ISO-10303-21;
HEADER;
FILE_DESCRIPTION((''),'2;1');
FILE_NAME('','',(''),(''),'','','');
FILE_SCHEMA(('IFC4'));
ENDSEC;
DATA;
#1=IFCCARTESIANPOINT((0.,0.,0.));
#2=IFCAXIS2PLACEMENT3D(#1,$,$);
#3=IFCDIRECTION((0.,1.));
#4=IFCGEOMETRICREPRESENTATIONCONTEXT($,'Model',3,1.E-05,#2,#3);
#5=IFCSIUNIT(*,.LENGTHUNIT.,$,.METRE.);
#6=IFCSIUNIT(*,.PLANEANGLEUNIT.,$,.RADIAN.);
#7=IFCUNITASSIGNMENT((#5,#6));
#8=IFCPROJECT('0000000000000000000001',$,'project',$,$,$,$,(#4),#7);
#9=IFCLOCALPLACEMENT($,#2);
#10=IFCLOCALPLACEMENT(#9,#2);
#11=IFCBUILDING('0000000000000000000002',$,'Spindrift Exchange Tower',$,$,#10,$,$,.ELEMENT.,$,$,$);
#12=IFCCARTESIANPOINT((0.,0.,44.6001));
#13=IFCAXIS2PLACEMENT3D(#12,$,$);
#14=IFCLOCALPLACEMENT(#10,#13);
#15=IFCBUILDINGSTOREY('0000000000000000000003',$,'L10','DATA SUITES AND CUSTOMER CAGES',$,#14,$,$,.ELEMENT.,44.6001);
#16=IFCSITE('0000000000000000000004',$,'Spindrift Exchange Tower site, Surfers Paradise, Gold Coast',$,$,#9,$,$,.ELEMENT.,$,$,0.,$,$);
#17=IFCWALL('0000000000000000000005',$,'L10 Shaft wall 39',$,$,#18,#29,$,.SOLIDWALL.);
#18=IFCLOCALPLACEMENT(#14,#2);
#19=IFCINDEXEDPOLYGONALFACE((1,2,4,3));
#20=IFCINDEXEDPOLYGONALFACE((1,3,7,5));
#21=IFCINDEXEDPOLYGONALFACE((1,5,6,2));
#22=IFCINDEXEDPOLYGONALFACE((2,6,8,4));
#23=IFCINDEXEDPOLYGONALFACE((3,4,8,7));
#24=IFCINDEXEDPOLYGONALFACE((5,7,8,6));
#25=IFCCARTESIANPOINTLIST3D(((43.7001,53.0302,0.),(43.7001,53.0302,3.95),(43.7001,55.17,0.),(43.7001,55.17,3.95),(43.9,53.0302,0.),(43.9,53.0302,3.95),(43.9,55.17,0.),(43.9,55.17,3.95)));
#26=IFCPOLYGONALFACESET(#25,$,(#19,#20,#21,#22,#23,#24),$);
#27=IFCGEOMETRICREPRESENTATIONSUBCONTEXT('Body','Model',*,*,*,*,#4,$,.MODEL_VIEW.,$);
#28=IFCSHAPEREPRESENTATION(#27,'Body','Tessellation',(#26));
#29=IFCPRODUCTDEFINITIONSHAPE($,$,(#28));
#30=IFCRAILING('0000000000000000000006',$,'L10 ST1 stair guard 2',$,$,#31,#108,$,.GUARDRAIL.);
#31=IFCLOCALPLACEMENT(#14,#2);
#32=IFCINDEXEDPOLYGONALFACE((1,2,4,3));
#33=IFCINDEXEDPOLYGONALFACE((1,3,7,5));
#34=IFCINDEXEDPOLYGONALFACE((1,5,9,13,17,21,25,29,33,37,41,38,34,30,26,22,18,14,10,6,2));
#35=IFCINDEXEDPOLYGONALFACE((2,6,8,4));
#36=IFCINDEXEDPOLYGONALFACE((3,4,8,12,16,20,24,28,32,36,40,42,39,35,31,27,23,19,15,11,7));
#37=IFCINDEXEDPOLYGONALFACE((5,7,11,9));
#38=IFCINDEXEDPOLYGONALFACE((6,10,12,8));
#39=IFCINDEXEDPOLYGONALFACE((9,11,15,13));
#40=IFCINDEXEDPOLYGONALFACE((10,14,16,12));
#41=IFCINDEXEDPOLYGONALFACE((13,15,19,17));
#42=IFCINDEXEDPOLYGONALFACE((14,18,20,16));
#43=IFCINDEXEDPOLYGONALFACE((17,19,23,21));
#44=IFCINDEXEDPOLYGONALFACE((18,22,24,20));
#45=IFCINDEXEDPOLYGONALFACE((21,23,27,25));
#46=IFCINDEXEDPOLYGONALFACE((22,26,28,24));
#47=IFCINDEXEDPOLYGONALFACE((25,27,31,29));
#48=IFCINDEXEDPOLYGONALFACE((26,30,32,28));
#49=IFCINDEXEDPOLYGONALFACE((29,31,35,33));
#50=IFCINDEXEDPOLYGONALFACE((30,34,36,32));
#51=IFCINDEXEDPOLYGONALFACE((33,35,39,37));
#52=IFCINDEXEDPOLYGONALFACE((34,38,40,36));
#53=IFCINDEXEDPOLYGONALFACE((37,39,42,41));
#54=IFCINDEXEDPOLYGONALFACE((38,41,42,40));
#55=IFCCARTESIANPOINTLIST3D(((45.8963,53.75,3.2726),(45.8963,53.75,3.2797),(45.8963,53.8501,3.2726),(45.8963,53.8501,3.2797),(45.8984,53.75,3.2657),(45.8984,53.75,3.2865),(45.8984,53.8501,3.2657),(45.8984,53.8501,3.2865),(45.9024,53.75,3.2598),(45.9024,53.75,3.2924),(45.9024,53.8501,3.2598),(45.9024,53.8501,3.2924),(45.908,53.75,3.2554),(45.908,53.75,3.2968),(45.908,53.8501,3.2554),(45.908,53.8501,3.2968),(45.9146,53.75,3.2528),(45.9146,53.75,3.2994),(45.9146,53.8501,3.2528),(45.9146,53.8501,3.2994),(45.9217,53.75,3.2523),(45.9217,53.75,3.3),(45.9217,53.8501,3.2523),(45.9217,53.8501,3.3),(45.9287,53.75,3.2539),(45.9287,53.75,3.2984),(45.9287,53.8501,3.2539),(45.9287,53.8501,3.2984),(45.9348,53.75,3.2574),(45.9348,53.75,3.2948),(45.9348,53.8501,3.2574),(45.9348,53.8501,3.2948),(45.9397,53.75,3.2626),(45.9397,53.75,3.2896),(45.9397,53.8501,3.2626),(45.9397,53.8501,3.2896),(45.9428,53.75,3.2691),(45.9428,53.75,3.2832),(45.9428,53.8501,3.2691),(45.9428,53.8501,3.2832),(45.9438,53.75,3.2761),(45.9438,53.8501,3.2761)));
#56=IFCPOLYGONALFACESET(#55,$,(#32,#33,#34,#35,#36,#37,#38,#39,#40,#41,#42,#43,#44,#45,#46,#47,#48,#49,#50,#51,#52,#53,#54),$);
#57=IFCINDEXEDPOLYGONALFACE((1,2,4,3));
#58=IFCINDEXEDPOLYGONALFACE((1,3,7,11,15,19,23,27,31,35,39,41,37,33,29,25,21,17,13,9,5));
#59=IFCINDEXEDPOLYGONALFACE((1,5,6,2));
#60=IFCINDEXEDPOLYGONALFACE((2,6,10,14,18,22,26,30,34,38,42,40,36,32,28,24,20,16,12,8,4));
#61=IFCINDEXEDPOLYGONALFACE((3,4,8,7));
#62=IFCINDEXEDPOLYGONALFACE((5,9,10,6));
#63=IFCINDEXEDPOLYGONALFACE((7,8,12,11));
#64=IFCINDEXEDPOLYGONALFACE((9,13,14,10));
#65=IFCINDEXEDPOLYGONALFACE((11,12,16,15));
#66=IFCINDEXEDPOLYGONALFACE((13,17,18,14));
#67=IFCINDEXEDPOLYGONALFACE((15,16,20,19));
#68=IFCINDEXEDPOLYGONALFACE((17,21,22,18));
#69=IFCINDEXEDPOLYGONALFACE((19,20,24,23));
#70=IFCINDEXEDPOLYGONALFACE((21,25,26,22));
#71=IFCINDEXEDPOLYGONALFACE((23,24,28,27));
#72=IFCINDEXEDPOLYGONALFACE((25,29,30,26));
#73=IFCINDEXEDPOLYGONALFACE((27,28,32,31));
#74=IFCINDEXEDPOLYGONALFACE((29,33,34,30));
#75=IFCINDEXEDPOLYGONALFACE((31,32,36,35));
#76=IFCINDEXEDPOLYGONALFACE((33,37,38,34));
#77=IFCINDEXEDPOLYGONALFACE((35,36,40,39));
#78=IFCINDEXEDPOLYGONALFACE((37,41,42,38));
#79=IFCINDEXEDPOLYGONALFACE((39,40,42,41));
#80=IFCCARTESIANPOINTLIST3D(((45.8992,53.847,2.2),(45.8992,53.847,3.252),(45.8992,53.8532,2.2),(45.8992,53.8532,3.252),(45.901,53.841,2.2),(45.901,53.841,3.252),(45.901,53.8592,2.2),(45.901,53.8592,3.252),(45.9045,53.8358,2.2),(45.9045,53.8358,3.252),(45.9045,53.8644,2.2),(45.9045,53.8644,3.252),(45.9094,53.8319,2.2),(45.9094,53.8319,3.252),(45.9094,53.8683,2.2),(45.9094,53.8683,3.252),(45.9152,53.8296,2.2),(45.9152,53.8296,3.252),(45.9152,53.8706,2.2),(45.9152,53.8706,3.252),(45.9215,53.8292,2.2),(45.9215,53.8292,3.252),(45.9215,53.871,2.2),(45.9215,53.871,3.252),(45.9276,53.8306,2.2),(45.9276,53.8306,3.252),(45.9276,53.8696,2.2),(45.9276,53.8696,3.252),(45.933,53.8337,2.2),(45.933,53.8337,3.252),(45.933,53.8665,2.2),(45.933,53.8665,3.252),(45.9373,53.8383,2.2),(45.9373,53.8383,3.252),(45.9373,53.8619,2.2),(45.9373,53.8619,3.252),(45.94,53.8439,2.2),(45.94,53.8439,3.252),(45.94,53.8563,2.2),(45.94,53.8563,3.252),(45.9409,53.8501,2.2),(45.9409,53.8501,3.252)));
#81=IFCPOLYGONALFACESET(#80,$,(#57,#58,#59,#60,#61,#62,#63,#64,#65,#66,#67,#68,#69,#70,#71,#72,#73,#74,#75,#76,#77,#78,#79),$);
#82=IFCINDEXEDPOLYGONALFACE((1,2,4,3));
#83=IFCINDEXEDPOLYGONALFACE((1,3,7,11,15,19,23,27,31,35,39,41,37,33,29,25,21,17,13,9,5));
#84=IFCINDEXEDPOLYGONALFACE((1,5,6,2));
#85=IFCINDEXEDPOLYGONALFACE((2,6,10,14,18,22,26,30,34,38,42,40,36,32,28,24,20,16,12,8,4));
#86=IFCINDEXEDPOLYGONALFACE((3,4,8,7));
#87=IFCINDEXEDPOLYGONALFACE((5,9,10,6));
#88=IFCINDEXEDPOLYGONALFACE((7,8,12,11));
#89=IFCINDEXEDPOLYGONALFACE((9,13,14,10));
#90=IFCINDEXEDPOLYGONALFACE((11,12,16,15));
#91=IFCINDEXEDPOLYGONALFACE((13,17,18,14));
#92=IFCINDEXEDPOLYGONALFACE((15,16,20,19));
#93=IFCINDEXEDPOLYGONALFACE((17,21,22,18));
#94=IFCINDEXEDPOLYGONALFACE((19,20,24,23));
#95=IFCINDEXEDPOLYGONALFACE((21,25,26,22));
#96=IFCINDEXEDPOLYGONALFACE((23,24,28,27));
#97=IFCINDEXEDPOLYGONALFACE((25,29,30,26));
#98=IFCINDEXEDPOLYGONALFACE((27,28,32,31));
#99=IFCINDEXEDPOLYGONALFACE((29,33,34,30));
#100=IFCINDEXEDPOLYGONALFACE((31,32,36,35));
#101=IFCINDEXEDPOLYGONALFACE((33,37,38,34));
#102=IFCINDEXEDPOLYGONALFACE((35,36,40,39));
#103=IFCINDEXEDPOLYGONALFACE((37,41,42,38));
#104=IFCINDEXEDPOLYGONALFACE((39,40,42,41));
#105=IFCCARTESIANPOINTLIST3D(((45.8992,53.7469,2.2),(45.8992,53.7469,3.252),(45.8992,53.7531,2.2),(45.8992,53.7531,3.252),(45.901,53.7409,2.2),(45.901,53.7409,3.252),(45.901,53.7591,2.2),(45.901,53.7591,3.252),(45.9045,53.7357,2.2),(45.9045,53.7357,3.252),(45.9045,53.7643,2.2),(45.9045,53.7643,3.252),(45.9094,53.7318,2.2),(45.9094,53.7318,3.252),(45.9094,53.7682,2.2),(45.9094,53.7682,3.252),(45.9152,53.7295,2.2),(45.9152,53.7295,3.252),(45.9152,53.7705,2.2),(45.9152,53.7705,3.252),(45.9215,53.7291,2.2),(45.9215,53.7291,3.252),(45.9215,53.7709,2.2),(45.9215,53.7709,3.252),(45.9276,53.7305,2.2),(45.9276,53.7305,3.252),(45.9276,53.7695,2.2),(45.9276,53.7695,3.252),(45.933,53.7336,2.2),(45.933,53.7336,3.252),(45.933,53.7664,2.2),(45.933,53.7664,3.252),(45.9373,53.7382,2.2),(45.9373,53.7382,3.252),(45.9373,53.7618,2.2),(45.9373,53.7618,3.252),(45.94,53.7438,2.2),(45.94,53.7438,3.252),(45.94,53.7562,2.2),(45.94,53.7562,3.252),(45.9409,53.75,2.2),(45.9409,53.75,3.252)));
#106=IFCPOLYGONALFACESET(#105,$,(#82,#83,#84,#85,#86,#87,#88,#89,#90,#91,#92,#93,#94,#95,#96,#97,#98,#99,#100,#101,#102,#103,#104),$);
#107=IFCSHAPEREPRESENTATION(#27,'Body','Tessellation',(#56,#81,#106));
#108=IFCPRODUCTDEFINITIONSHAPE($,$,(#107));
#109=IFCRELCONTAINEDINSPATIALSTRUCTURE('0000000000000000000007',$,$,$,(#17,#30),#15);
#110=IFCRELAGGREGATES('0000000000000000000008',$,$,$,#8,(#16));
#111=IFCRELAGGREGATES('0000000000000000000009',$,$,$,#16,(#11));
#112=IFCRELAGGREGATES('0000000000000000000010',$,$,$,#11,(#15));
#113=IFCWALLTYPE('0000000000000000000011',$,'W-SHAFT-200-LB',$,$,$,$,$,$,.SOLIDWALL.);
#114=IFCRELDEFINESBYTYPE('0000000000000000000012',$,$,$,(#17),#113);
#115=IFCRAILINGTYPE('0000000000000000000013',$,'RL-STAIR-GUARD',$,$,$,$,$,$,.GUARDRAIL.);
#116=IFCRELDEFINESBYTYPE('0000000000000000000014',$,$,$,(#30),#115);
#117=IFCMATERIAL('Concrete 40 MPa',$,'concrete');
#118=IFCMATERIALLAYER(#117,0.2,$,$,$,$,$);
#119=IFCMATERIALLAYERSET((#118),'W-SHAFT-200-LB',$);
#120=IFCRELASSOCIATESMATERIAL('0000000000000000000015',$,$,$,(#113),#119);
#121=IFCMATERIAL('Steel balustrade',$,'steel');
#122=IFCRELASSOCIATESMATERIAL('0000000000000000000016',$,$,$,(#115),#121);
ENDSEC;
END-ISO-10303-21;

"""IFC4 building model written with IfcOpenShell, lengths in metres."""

from ifc_helpers import new_model, si_unit, direction, frame, frame_2d, origin, origin_2d, place, context, subcontext, project, spatial, rectangle, circle, extrude, material, layer, layer_set, type_object, element, save


model = new_model("IFC4")

# Units and contexts
model_context = context("Model", 3, precision=1e-05, world=origin(), true_north=direction((0.0, 1.0)))
body_context = subcontext(model_context, "Body", "Model", "MODEL_VIEW")
ifc_project = project(units=[si_unit("LENGTHUNIT", "METRE"), si_unit("PLANEANGLEUNIT", "RADIAN")], contexts=[model_context])

# Site, building, storey
site_placement = place(None, origin())
site = spatial("IfcSite", under=ifc_project, at=site_placement, Name="Spindrift Exchange Tower site, Surfers Paradise, Gold Coast", CompositionType="ELEMENT", RefElevation=0.0)
building_placement = place(site_placement, origin())
building = spatial("IfcBuilding", under=site, at=building_placement, Name="Spindrift Exchange Tower", CompositionType="ELEMENT")
storey_placement = place(building_placement, frame((0.0, 0.0, 44.6001)))
storey = spatial("IfcBuildingStorey", under=building, at=storey_placement, Name="L10", Description="DATA SUITES AND CUSTOMER CAGES", CompositionType="ELEMENT", Elevation=44.6001)

# Wall
ifc_material_1 = material(Name="Concrete 40 MPa", Category="concrete")
ifc_layer_1 = layer(ifc_material_1, 0.2)
ifc_layer_set_1 = layer_set([ifc_layer_1], Name="W-SHAFT-200-LB")
wall_type_1 = type_object("IfcWallType", Name="W-SHAFT-200-LB", PredefinedType="SOLIDWALL", material=ifc_layer_set_1)
wall_1_placement = place(storey_placement, frame((43.8, 55.1699, 0.0), z_axis=(0.0, 0.0, 1.0), x_axis=(0.0, -1.0, 0.0)))
element("IfcWall", 1, at=wall_1_placement, inside=storey, type_object=wall_type_1, Name="L10 Shaft wall 39", PredefinedType="SOLIDWALL", context=body_context, shape_type="SweptSolid", body=[
    extrude(rectangle(XDim=2.1399, YDim=0.2, at=frame_2d((1.0698, 0.0))), origin(), (0.0, 0.0, 1.0), 3.95),
])

# Railing
ifc_material_2 = material(Name="Steel balustrade", Category="steel")
railing_type_1 = type_object("IfcRailingType", Name="RL-STAIR-GUARD", PredefinedType="GUARDRAIL", material=ifc_material_2)
railing_1_placement = place(storey_placement, frame((45.9199, 53.8501, 2.2)))
element("IfcRailing", 2, at=railing_1_placement, inside=storey, type_object=railing_type_1, Name="L10 ST1 stair guard 2", PredefinedType="GUARDRAIL", context=body_context, shape_type="SweptSolid", body=[
    extrude(circle(Radius=0.0239, at=origin_2d()), frame((0.0, 0.0, 1.0762), z_axis=(0.0, -1.0, 0.0), x_axis=(1.0, 0.0, 0.0)), (0.0, 0.0, 1.0), 0.1001),
    extrude(circle(Radius=0.021, at=origin_2d()), origin(), (0.0, 0.0, 1.0), 1.052),
    extrude(circle(Radius=0.021, at=origin_2d()), frame((0.0, -0.1001, 0.0)), (0.0, 0.0, 1.0), 1.052),
])

save(model, "model.ifc")
